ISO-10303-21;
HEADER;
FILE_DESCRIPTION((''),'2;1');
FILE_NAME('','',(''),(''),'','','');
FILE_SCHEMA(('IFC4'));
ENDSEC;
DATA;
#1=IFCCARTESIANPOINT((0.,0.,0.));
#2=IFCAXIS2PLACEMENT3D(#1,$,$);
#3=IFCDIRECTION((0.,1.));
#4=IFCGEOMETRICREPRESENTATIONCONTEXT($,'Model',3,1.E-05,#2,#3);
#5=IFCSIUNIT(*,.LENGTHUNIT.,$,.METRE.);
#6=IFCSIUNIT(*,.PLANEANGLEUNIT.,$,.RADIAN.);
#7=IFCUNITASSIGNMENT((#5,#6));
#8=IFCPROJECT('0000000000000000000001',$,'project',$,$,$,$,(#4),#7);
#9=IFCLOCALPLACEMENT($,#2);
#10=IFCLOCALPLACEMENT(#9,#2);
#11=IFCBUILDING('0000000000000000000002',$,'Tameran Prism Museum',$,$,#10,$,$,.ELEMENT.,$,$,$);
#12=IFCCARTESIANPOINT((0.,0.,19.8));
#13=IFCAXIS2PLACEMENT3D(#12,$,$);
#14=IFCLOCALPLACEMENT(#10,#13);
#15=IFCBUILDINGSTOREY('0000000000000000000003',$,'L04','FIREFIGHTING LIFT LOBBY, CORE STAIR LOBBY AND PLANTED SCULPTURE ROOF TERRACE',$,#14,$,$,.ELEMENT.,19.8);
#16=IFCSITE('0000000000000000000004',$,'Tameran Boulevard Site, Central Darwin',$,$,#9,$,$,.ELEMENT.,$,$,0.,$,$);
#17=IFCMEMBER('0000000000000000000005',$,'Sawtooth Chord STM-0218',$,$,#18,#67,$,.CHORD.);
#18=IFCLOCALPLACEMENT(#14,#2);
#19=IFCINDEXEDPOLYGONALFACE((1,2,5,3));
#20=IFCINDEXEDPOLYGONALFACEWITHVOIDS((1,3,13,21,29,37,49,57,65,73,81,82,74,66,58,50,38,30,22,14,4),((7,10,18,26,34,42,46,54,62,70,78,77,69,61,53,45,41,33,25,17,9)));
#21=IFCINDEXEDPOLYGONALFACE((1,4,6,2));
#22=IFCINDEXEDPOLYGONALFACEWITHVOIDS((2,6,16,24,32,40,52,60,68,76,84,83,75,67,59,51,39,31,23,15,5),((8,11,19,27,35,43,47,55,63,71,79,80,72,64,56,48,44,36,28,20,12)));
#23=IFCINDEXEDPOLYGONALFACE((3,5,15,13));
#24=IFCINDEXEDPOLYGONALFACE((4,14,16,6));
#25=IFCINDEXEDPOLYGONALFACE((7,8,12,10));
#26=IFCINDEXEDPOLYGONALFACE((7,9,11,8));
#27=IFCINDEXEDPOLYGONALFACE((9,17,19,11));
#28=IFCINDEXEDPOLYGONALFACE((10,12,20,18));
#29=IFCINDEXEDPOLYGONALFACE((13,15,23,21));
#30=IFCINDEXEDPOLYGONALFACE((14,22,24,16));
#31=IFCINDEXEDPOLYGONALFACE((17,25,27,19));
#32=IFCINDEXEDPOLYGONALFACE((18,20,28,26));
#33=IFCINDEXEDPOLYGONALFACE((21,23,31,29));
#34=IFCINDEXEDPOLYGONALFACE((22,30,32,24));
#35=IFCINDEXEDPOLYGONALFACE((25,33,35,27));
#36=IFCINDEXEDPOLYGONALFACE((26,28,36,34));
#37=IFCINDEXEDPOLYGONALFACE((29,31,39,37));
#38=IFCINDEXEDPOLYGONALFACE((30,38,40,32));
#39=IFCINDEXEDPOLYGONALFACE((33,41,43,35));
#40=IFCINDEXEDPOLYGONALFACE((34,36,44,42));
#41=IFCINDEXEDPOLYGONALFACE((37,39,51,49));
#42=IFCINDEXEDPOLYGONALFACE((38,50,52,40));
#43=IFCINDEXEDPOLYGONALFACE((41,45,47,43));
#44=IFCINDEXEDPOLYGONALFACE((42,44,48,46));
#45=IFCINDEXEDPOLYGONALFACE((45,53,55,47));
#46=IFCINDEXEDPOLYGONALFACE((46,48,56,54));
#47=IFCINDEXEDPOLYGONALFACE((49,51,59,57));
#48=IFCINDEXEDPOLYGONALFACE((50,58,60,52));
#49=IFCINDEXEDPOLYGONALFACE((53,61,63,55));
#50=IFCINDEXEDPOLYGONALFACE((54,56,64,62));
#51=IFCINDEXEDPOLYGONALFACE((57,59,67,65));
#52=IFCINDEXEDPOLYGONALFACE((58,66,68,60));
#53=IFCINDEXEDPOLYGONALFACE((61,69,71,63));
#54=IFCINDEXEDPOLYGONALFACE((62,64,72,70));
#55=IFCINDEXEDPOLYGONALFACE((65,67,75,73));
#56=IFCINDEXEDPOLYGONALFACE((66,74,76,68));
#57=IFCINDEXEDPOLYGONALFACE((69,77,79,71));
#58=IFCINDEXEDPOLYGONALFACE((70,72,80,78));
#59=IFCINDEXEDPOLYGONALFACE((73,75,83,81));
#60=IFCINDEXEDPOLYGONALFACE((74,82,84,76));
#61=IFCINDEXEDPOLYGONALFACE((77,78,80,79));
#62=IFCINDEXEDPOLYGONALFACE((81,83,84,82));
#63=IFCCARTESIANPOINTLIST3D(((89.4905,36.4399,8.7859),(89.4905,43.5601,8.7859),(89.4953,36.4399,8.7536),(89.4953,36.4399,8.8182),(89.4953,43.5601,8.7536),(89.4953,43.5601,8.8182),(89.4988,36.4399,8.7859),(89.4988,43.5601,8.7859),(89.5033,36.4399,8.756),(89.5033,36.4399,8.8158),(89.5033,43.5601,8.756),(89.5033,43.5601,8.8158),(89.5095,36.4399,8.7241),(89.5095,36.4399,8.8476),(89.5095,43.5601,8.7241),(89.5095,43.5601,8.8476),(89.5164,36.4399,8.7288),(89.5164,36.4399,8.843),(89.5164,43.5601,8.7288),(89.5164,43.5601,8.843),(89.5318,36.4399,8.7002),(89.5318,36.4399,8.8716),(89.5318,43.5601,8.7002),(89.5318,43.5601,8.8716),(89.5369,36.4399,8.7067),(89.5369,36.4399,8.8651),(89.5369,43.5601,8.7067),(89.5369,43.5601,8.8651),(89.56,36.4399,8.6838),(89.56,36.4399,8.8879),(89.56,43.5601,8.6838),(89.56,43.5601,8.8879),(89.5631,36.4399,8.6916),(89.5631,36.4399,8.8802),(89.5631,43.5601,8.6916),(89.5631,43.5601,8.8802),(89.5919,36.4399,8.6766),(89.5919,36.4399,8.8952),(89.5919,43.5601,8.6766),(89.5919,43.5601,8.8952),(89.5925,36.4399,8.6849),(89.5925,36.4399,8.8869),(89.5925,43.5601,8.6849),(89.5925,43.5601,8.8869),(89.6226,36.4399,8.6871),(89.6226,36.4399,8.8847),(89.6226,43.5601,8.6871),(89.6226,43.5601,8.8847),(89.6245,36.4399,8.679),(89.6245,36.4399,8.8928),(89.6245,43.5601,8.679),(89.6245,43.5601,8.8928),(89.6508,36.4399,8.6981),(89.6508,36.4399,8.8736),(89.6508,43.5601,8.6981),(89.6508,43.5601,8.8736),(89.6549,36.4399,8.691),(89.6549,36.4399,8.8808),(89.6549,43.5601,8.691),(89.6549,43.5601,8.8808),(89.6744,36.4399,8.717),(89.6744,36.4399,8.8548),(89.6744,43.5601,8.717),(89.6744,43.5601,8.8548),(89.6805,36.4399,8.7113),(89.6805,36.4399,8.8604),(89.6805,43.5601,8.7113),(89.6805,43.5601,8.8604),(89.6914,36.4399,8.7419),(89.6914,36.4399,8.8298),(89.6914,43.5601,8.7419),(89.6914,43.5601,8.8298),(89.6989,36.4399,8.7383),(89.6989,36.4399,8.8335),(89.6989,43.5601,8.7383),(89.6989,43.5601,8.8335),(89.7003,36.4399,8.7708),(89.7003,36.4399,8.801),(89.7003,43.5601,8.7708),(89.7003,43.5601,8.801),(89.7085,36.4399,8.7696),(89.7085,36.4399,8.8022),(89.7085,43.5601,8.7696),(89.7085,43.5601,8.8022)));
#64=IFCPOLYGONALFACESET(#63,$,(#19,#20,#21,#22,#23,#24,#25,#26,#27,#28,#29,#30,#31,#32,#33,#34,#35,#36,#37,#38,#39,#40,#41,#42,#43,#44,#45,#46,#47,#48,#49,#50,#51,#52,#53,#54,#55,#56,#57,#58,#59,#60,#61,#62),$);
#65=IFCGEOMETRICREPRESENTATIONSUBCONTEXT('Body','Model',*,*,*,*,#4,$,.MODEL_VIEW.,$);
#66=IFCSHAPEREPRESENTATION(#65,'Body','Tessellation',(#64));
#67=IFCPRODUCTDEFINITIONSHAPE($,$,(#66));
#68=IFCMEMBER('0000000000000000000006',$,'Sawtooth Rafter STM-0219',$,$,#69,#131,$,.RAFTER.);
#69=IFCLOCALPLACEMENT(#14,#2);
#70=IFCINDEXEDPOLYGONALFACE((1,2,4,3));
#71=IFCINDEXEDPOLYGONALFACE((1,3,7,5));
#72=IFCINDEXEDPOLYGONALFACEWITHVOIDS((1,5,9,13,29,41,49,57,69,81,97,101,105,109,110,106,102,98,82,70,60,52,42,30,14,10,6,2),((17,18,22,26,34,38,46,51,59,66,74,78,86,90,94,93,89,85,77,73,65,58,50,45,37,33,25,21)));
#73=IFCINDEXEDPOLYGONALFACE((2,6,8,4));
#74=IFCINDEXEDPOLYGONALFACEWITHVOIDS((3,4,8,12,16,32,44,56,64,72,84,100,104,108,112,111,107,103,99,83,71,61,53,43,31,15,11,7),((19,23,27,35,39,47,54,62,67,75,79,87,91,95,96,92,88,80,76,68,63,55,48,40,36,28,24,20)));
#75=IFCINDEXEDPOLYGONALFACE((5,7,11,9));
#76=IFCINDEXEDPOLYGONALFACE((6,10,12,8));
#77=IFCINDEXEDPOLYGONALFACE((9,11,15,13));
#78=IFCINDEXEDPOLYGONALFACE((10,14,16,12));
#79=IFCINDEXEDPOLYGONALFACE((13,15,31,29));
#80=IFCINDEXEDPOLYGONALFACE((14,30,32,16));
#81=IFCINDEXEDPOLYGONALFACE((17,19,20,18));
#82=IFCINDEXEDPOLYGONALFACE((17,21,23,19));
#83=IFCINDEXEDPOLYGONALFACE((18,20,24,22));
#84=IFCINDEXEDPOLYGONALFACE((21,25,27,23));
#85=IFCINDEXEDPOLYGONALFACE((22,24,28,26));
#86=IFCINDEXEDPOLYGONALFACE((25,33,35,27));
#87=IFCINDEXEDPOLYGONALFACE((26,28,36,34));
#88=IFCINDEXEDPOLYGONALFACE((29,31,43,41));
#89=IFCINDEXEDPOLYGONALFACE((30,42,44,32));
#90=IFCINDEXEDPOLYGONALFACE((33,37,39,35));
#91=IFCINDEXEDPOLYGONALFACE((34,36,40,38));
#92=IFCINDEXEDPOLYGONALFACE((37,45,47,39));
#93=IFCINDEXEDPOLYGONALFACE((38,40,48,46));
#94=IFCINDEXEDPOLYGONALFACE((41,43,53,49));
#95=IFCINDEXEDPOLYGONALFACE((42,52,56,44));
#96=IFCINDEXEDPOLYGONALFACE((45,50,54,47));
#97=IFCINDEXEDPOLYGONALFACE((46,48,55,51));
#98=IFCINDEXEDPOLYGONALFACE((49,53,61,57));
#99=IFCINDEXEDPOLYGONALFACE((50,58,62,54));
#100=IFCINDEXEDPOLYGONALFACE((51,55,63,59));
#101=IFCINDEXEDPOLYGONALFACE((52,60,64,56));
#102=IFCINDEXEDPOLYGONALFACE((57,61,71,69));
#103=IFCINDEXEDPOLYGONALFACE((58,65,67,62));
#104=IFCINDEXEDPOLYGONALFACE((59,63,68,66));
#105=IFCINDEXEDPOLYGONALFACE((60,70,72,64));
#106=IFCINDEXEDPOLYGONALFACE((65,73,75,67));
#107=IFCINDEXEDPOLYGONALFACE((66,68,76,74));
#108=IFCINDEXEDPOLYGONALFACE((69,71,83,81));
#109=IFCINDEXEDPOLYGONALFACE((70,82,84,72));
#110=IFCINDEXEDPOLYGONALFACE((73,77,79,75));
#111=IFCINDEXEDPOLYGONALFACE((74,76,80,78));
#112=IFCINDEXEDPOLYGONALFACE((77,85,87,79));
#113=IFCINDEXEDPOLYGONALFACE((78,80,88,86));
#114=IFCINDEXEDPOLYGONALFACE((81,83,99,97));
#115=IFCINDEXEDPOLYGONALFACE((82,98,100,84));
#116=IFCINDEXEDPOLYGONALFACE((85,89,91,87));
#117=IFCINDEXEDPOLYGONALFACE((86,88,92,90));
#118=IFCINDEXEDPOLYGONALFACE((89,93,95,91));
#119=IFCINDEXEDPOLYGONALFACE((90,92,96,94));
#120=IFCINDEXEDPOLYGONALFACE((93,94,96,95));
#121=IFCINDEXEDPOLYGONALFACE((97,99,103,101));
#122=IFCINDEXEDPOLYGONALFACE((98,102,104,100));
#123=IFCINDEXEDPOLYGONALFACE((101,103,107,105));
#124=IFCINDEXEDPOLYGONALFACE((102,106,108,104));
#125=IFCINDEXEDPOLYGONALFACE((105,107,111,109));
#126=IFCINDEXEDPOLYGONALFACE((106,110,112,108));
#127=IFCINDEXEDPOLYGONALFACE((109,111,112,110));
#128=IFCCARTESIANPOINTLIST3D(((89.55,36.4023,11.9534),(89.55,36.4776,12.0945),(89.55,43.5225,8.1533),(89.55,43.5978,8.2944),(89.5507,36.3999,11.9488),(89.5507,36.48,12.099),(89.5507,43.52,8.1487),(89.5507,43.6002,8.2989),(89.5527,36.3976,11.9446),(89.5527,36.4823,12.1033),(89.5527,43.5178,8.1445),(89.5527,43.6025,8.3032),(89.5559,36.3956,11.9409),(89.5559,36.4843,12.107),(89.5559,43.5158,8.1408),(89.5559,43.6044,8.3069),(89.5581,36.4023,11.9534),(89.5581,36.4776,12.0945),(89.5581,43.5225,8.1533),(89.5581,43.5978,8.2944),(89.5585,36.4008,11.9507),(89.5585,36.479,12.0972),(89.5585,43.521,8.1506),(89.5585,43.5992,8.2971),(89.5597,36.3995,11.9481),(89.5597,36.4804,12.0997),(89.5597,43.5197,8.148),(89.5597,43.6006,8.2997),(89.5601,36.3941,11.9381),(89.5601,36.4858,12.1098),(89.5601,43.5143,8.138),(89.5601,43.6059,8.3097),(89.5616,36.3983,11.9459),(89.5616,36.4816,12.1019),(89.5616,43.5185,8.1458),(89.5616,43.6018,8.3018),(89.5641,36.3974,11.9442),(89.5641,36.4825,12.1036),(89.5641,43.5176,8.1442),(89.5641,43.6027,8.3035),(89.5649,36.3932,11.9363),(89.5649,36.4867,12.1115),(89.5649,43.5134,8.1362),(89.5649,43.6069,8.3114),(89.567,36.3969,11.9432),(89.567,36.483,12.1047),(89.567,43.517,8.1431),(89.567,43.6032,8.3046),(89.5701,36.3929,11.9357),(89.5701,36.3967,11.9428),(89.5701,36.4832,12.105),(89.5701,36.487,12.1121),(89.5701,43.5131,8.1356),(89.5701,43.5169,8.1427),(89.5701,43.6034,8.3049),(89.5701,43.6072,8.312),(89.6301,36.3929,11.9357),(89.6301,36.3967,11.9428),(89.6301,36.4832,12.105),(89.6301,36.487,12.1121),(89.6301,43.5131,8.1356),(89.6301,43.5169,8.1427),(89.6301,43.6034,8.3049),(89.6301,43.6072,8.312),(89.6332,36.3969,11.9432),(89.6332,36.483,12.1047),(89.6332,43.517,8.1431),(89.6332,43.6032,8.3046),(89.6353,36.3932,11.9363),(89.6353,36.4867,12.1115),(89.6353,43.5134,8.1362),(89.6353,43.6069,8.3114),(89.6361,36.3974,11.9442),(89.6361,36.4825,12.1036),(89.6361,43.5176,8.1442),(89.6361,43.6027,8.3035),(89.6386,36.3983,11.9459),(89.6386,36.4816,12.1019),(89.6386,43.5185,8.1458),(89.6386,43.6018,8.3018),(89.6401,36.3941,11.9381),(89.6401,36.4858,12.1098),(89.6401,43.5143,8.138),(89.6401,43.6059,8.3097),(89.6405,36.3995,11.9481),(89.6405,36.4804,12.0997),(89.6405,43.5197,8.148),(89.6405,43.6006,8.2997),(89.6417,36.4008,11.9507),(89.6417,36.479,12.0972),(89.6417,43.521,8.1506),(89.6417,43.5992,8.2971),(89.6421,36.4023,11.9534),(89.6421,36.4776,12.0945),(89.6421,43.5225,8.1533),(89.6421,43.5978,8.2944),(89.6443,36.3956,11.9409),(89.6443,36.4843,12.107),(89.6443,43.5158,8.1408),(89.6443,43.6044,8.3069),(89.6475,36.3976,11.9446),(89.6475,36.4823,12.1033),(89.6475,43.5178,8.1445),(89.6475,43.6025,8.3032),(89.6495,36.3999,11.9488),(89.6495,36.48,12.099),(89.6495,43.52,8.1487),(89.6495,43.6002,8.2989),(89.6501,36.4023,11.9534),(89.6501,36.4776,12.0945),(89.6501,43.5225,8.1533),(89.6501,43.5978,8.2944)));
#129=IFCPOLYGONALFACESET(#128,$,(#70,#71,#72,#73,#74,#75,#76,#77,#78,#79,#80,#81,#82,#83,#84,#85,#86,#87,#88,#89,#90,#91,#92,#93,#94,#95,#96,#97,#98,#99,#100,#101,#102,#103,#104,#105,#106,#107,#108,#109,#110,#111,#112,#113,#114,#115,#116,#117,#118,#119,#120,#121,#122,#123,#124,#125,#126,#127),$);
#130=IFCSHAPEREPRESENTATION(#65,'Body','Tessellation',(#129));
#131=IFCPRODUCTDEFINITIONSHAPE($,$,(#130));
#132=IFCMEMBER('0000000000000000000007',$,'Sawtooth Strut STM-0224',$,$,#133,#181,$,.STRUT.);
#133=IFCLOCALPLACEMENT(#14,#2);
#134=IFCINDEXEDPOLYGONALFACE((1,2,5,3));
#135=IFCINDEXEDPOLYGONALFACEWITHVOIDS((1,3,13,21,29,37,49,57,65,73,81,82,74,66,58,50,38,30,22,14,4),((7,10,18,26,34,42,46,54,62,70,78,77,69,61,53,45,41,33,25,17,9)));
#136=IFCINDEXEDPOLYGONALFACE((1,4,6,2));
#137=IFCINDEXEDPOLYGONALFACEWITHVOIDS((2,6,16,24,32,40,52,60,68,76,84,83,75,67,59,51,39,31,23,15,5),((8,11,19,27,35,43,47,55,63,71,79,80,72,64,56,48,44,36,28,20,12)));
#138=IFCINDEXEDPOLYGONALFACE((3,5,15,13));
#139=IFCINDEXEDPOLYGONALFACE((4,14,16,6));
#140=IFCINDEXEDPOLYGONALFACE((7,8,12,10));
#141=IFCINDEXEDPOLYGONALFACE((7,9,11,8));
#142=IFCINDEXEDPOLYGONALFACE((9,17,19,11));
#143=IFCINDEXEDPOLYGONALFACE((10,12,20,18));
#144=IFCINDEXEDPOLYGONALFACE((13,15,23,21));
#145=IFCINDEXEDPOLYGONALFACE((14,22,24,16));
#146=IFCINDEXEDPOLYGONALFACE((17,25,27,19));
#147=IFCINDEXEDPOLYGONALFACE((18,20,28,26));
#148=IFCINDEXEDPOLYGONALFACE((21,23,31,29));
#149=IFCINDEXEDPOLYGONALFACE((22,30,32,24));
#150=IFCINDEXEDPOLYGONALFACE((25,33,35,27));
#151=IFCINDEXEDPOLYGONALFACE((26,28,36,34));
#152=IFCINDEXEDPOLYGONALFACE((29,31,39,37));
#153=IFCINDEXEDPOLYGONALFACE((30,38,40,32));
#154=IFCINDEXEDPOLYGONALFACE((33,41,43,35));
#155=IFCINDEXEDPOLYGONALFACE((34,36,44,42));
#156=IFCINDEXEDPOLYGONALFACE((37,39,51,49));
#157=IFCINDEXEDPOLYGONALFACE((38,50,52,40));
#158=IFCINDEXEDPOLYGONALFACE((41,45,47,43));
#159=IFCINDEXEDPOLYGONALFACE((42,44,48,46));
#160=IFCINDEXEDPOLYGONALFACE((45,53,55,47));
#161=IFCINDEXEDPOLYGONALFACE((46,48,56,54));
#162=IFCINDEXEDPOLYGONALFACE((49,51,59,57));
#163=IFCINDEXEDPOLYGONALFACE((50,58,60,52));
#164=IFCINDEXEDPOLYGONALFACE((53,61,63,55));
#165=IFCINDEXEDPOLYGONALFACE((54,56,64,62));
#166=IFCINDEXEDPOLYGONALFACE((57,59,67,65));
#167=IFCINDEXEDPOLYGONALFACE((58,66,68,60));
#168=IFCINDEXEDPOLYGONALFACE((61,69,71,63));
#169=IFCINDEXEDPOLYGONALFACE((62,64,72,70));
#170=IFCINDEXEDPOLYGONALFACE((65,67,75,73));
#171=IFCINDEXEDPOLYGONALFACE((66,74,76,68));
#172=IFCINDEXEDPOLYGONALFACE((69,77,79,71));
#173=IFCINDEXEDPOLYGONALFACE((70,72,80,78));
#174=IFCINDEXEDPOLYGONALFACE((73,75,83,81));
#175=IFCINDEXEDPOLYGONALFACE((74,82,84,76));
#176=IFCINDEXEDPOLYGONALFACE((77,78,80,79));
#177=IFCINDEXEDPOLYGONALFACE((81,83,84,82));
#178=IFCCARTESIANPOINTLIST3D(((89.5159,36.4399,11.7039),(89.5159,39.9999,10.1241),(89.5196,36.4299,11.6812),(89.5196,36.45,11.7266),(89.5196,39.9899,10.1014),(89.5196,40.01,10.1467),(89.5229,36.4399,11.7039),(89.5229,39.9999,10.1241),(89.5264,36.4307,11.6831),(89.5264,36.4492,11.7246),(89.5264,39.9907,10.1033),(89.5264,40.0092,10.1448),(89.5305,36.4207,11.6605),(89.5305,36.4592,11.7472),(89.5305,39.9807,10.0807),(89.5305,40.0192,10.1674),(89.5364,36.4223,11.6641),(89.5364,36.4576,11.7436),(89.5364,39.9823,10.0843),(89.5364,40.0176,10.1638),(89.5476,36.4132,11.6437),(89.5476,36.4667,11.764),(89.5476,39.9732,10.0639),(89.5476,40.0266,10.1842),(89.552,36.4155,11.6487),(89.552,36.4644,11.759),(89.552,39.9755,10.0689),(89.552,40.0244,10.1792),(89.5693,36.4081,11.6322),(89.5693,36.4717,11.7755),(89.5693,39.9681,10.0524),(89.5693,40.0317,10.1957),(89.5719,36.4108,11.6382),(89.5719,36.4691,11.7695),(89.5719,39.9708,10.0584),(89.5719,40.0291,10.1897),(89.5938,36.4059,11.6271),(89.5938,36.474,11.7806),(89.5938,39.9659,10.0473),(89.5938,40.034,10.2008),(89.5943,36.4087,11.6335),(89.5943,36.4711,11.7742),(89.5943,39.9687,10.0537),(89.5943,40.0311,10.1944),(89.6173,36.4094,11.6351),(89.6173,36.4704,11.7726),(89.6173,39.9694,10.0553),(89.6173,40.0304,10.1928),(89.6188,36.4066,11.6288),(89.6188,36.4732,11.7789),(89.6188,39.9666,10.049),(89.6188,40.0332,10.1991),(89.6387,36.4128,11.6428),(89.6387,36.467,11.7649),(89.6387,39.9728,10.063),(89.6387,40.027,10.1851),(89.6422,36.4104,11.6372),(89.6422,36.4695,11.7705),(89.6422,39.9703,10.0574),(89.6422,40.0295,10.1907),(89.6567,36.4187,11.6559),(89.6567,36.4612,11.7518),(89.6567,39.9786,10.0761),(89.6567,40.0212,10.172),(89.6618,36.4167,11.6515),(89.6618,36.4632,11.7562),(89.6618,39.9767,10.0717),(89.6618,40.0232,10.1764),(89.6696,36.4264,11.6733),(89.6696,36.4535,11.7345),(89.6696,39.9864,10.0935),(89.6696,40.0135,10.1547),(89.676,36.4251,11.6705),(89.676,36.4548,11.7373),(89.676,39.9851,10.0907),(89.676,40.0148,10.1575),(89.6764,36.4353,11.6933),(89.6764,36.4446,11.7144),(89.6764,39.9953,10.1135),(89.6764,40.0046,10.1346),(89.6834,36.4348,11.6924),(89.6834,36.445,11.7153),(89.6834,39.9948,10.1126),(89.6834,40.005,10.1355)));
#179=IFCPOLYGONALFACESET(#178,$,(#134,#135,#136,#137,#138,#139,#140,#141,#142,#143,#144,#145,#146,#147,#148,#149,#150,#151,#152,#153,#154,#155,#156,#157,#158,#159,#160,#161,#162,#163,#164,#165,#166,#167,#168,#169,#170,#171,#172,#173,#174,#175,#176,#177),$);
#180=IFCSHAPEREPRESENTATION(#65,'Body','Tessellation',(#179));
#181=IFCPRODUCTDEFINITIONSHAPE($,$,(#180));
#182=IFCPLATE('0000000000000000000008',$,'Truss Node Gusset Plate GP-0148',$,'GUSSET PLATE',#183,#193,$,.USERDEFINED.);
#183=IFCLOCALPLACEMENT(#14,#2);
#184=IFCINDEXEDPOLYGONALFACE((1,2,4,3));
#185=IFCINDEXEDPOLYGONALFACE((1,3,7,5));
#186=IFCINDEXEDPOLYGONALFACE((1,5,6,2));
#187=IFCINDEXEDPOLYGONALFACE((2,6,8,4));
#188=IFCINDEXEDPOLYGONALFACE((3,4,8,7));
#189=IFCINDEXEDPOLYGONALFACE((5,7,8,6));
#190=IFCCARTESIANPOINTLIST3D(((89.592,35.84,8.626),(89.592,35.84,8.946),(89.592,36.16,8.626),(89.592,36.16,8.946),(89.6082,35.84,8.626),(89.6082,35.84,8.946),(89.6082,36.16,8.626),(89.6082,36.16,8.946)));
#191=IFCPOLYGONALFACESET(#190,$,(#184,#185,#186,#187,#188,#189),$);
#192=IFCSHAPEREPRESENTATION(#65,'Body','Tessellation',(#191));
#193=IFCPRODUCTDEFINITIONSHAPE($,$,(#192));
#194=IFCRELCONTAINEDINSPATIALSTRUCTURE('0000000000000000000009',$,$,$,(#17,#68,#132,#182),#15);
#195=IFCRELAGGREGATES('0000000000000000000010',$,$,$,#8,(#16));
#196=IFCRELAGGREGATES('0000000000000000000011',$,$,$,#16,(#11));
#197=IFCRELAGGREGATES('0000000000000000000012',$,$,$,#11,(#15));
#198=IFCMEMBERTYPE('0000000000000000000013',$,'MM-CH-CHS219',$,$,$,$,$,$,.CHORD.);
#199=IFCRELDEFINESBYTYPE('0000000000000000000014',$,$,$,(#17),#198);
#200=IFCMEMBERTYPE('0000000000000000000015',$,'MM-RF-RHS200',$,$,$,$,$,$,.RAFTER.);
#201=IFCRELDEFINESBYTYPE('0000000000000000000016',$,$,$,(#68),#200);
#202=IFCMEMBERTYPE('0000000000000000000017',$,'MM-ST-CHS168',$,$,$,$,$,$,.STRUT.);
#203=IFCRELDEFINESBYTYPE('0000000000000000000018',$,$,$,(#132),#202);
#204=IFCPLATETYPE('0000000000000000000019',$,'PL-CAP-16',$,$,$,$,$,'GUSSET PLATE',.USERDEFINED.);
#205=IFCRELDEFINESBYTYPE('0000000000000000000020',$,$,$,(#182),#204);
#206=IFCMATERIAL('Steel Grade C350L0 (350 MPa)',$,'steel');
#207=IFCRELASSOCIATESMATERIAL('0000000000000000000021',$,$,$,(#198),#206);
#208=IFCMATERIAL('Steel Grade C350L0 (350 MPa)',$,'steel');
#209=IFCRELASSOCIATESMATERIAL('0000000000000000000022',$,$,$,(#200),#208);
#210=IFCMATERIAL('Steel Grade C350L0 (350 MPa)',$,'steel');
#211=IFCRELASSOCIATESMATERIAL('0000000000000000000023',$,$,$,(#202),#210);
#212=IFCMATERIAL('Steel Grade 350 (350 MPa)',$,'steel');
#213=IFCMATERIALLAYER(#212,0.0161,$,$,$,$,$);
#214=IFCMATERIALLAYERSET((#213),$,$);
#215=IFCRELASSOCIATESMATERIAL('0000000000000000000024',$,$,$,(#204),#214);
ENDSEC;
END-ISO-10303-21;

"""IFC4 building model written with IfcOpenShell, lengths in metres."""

from ifc_helpers import new_model, si_unit, direction, frame, origin, origin_2d, place, context, subcontext, project, spatial, rectangle, hollow_rectangle, hollow_circle, extrude, material, layer, layer_set, material_profile, profile_set, type_object, element, save


model = new_model("IFC4")

# Units and contexts
model_context = context("Model", 3, precision=1e-05, world=origin(), true_north=direction((0.0, 1.0)))
body_context = subcontext(model_context, "Body", "Model", "MODEL_VIEW")
ifc_project = project(units=[si_unit("LENGTHUNIT", "METRE"), si_unit("PLANEANGLEUNIT", "RADIAN")], contexts=[model_context])

# Site, building, storey
site_placement = place(None, origin())
site = spatial("IfcSite", under=ifc_project, at=site_placement, Name="Tameran Boulevard Site, Central Darwin", CompositionType="ELEMENT", RefElevation=0.0)
building_placement = place(site_placement, origin())
building = spatial("IfcBuilding", under=site, at=building_placement, Name="Tameran Prism Museum", CompositionType="ELEMENT")
storey_placement = place(building_placement, frame((0.0, 0.0, 19.8)))
storey = spatial("IfcBuildingStorey", under=building, at=storey_placement, Name="L04", Description="FIREFIGHTING LIFT LOBBY, CORE STAIR LOBBY AND PLANTED SCULPTURE ROOF TERRACE", CompositionType="ELEMENT", Elevation=19.8)

# Members
ifc_material_1 = material(Name="Steel Grade C350L0 (350 MPa)", Category="steel")
ifc_material_profile_1 = material_profile(ifc_material_1, hollow_circle(Radius=0.1096, WallThickness=0.0083, at=origin_2d()))
ifc_profile_set_1 = profile_set([ifc_material_profile_1])
member_type_1 = type_object("IfcMemberType", Name="MM-CH-CHS219", PredefinedType="CHORD", material=ifc_profile_set_1)
member_1_placement = place(storey_placement, frame((89.6001, 36.4399, 8.7859), z_axis=(0.0, 1.0, 0.0), x_axis=(-1.0, 0.0, 0.0)))
element("IfcMember", 1, at=member_1_placement, inside=storey, type_object=member_type_1, Name="Sawtooth Chord STM-0218", PredefinedType="CHORD", context=body_context, shape_type="SweptSolid", body=[
    extrude(hollow_circle(Radius=0.1096, WallThickness=0.0083, at=origin_2d()), origin(), (0.0, 0.0, 1.0), 7.1201),
])
ifc_material_2 = material(Name="Steel Grade C350L0 (350 MPa)", Category="steel")
ifc_material_profile_2 = material_profile(ifc_material_2, hollow_rectangle(XDim=0.1001, YDim=0.2, WallThickness=0.0081, InnerFilletRadius=0.012, OuterFilletRadius=0.02, at=origin_2d()))
ifc_profile_set_2 = profile_set([ifc_material_profile_2])
member_type_2 = type_object("IfcMemberType", Name="MM-RF-RHS200", PredefinedType="RAFTER", material=ifc_profile_set_2)
member_2_placement = place(storey_placement, frame((89.6001, 36.4399, 12.0239), z_axis=(0.0, 0.882216, -0.470844), x_axis=(-1.0, 0.0, 0.0)))
element("IfcMember", 2, at=member_2_placement, inside=storey, type_object=member_type_2, Name="Sawtooth Rafter STM-0219", PredefinedType="RAFTER", context=body_context, shape_type="SweptSolid", body=[
    extrude(hollow_rectangle(XDim=0.1001, YDim=0.2, WallThickness=0.0081, InnerFilletRadius=0.012, OuterFilletRadius=0.02, at=origin_2d()), origin(), (0.0, 0.0, 1.0), 8.0708),
])
ifc_material_3 = material(Name="Steel Grade C350L0 (350 MPa)", Category="steel")
ifc_material_profile_3 = material_profile(ifc_material_3, hollow_circle(Radius=0.0842, WallThickness=0.0071, at=origin_2d()))
ifc_profile_set_3 = profile_set([ifc_material_profile_3])
member_type_3 = type_object("IfcMemberType", Name="MM-ST-CHS168", PredefinedType="STRUT", material=ifc_profile_set_3)
member_3_placement = place(storey_placement, frame((89.6001, 36.4399, 11.7039), z_axis=(0.0, 0.914041, -0.405621), x_axis=(-1.0, 0.0, 0.0)))
element("IfcMember", 3, at=member_3_placement, inside=storey, type_object=member_type_3, Name="Sawtooth Strut STM-0224", PredefinedType="STRUT", context=body_context, shape_type="SweptSolid", body=[
    extrude(hollow_circle(Radius=0.0842, WallThickness=0.0071, at=origin_2d()), origin(), (0.0, 0.0, 1.0), 3.8948),
])

# Plate
ifc_material_4 = material(Name="Steel Grade 350 (350 MPa)", Category="steel")
ifc_layer_1 = layer(ifc_material_4, 0.0161)
ifc_layer_set_1 = layer_set([ifc_layer_1])
plate_type_1 = type_object("IfcPlateType", Name="PL-CAP-16", ElementType="GUSSET PLATE", PredefinedType="USERDEFINED", material=ifc_layer_set_1)
plate_placement = place(storey_placement, frame((89.6001, 36.0, 8.626), z_axis=(0.0, 0.0, 1.0), x_axis=(1.0, 0.0, 0.0)))
element("IfcPlate", 4, at=plate_placement, inside=storey, type_object=plate_type_1, Name="Truss Node Gusset Plate GP-0148", ObjectType="GUSSET PLATE", PredefinedType="USERDEFINED", context=body_context, shape_type="SweptSolid", body=[
    extrude(rectangle(XDim=0.0161, YDim=0.3201, at=origin_2d()), origin(), (0.0, 0.0, 1.0), 0.3201),
])

save(model, "model.ifc")
